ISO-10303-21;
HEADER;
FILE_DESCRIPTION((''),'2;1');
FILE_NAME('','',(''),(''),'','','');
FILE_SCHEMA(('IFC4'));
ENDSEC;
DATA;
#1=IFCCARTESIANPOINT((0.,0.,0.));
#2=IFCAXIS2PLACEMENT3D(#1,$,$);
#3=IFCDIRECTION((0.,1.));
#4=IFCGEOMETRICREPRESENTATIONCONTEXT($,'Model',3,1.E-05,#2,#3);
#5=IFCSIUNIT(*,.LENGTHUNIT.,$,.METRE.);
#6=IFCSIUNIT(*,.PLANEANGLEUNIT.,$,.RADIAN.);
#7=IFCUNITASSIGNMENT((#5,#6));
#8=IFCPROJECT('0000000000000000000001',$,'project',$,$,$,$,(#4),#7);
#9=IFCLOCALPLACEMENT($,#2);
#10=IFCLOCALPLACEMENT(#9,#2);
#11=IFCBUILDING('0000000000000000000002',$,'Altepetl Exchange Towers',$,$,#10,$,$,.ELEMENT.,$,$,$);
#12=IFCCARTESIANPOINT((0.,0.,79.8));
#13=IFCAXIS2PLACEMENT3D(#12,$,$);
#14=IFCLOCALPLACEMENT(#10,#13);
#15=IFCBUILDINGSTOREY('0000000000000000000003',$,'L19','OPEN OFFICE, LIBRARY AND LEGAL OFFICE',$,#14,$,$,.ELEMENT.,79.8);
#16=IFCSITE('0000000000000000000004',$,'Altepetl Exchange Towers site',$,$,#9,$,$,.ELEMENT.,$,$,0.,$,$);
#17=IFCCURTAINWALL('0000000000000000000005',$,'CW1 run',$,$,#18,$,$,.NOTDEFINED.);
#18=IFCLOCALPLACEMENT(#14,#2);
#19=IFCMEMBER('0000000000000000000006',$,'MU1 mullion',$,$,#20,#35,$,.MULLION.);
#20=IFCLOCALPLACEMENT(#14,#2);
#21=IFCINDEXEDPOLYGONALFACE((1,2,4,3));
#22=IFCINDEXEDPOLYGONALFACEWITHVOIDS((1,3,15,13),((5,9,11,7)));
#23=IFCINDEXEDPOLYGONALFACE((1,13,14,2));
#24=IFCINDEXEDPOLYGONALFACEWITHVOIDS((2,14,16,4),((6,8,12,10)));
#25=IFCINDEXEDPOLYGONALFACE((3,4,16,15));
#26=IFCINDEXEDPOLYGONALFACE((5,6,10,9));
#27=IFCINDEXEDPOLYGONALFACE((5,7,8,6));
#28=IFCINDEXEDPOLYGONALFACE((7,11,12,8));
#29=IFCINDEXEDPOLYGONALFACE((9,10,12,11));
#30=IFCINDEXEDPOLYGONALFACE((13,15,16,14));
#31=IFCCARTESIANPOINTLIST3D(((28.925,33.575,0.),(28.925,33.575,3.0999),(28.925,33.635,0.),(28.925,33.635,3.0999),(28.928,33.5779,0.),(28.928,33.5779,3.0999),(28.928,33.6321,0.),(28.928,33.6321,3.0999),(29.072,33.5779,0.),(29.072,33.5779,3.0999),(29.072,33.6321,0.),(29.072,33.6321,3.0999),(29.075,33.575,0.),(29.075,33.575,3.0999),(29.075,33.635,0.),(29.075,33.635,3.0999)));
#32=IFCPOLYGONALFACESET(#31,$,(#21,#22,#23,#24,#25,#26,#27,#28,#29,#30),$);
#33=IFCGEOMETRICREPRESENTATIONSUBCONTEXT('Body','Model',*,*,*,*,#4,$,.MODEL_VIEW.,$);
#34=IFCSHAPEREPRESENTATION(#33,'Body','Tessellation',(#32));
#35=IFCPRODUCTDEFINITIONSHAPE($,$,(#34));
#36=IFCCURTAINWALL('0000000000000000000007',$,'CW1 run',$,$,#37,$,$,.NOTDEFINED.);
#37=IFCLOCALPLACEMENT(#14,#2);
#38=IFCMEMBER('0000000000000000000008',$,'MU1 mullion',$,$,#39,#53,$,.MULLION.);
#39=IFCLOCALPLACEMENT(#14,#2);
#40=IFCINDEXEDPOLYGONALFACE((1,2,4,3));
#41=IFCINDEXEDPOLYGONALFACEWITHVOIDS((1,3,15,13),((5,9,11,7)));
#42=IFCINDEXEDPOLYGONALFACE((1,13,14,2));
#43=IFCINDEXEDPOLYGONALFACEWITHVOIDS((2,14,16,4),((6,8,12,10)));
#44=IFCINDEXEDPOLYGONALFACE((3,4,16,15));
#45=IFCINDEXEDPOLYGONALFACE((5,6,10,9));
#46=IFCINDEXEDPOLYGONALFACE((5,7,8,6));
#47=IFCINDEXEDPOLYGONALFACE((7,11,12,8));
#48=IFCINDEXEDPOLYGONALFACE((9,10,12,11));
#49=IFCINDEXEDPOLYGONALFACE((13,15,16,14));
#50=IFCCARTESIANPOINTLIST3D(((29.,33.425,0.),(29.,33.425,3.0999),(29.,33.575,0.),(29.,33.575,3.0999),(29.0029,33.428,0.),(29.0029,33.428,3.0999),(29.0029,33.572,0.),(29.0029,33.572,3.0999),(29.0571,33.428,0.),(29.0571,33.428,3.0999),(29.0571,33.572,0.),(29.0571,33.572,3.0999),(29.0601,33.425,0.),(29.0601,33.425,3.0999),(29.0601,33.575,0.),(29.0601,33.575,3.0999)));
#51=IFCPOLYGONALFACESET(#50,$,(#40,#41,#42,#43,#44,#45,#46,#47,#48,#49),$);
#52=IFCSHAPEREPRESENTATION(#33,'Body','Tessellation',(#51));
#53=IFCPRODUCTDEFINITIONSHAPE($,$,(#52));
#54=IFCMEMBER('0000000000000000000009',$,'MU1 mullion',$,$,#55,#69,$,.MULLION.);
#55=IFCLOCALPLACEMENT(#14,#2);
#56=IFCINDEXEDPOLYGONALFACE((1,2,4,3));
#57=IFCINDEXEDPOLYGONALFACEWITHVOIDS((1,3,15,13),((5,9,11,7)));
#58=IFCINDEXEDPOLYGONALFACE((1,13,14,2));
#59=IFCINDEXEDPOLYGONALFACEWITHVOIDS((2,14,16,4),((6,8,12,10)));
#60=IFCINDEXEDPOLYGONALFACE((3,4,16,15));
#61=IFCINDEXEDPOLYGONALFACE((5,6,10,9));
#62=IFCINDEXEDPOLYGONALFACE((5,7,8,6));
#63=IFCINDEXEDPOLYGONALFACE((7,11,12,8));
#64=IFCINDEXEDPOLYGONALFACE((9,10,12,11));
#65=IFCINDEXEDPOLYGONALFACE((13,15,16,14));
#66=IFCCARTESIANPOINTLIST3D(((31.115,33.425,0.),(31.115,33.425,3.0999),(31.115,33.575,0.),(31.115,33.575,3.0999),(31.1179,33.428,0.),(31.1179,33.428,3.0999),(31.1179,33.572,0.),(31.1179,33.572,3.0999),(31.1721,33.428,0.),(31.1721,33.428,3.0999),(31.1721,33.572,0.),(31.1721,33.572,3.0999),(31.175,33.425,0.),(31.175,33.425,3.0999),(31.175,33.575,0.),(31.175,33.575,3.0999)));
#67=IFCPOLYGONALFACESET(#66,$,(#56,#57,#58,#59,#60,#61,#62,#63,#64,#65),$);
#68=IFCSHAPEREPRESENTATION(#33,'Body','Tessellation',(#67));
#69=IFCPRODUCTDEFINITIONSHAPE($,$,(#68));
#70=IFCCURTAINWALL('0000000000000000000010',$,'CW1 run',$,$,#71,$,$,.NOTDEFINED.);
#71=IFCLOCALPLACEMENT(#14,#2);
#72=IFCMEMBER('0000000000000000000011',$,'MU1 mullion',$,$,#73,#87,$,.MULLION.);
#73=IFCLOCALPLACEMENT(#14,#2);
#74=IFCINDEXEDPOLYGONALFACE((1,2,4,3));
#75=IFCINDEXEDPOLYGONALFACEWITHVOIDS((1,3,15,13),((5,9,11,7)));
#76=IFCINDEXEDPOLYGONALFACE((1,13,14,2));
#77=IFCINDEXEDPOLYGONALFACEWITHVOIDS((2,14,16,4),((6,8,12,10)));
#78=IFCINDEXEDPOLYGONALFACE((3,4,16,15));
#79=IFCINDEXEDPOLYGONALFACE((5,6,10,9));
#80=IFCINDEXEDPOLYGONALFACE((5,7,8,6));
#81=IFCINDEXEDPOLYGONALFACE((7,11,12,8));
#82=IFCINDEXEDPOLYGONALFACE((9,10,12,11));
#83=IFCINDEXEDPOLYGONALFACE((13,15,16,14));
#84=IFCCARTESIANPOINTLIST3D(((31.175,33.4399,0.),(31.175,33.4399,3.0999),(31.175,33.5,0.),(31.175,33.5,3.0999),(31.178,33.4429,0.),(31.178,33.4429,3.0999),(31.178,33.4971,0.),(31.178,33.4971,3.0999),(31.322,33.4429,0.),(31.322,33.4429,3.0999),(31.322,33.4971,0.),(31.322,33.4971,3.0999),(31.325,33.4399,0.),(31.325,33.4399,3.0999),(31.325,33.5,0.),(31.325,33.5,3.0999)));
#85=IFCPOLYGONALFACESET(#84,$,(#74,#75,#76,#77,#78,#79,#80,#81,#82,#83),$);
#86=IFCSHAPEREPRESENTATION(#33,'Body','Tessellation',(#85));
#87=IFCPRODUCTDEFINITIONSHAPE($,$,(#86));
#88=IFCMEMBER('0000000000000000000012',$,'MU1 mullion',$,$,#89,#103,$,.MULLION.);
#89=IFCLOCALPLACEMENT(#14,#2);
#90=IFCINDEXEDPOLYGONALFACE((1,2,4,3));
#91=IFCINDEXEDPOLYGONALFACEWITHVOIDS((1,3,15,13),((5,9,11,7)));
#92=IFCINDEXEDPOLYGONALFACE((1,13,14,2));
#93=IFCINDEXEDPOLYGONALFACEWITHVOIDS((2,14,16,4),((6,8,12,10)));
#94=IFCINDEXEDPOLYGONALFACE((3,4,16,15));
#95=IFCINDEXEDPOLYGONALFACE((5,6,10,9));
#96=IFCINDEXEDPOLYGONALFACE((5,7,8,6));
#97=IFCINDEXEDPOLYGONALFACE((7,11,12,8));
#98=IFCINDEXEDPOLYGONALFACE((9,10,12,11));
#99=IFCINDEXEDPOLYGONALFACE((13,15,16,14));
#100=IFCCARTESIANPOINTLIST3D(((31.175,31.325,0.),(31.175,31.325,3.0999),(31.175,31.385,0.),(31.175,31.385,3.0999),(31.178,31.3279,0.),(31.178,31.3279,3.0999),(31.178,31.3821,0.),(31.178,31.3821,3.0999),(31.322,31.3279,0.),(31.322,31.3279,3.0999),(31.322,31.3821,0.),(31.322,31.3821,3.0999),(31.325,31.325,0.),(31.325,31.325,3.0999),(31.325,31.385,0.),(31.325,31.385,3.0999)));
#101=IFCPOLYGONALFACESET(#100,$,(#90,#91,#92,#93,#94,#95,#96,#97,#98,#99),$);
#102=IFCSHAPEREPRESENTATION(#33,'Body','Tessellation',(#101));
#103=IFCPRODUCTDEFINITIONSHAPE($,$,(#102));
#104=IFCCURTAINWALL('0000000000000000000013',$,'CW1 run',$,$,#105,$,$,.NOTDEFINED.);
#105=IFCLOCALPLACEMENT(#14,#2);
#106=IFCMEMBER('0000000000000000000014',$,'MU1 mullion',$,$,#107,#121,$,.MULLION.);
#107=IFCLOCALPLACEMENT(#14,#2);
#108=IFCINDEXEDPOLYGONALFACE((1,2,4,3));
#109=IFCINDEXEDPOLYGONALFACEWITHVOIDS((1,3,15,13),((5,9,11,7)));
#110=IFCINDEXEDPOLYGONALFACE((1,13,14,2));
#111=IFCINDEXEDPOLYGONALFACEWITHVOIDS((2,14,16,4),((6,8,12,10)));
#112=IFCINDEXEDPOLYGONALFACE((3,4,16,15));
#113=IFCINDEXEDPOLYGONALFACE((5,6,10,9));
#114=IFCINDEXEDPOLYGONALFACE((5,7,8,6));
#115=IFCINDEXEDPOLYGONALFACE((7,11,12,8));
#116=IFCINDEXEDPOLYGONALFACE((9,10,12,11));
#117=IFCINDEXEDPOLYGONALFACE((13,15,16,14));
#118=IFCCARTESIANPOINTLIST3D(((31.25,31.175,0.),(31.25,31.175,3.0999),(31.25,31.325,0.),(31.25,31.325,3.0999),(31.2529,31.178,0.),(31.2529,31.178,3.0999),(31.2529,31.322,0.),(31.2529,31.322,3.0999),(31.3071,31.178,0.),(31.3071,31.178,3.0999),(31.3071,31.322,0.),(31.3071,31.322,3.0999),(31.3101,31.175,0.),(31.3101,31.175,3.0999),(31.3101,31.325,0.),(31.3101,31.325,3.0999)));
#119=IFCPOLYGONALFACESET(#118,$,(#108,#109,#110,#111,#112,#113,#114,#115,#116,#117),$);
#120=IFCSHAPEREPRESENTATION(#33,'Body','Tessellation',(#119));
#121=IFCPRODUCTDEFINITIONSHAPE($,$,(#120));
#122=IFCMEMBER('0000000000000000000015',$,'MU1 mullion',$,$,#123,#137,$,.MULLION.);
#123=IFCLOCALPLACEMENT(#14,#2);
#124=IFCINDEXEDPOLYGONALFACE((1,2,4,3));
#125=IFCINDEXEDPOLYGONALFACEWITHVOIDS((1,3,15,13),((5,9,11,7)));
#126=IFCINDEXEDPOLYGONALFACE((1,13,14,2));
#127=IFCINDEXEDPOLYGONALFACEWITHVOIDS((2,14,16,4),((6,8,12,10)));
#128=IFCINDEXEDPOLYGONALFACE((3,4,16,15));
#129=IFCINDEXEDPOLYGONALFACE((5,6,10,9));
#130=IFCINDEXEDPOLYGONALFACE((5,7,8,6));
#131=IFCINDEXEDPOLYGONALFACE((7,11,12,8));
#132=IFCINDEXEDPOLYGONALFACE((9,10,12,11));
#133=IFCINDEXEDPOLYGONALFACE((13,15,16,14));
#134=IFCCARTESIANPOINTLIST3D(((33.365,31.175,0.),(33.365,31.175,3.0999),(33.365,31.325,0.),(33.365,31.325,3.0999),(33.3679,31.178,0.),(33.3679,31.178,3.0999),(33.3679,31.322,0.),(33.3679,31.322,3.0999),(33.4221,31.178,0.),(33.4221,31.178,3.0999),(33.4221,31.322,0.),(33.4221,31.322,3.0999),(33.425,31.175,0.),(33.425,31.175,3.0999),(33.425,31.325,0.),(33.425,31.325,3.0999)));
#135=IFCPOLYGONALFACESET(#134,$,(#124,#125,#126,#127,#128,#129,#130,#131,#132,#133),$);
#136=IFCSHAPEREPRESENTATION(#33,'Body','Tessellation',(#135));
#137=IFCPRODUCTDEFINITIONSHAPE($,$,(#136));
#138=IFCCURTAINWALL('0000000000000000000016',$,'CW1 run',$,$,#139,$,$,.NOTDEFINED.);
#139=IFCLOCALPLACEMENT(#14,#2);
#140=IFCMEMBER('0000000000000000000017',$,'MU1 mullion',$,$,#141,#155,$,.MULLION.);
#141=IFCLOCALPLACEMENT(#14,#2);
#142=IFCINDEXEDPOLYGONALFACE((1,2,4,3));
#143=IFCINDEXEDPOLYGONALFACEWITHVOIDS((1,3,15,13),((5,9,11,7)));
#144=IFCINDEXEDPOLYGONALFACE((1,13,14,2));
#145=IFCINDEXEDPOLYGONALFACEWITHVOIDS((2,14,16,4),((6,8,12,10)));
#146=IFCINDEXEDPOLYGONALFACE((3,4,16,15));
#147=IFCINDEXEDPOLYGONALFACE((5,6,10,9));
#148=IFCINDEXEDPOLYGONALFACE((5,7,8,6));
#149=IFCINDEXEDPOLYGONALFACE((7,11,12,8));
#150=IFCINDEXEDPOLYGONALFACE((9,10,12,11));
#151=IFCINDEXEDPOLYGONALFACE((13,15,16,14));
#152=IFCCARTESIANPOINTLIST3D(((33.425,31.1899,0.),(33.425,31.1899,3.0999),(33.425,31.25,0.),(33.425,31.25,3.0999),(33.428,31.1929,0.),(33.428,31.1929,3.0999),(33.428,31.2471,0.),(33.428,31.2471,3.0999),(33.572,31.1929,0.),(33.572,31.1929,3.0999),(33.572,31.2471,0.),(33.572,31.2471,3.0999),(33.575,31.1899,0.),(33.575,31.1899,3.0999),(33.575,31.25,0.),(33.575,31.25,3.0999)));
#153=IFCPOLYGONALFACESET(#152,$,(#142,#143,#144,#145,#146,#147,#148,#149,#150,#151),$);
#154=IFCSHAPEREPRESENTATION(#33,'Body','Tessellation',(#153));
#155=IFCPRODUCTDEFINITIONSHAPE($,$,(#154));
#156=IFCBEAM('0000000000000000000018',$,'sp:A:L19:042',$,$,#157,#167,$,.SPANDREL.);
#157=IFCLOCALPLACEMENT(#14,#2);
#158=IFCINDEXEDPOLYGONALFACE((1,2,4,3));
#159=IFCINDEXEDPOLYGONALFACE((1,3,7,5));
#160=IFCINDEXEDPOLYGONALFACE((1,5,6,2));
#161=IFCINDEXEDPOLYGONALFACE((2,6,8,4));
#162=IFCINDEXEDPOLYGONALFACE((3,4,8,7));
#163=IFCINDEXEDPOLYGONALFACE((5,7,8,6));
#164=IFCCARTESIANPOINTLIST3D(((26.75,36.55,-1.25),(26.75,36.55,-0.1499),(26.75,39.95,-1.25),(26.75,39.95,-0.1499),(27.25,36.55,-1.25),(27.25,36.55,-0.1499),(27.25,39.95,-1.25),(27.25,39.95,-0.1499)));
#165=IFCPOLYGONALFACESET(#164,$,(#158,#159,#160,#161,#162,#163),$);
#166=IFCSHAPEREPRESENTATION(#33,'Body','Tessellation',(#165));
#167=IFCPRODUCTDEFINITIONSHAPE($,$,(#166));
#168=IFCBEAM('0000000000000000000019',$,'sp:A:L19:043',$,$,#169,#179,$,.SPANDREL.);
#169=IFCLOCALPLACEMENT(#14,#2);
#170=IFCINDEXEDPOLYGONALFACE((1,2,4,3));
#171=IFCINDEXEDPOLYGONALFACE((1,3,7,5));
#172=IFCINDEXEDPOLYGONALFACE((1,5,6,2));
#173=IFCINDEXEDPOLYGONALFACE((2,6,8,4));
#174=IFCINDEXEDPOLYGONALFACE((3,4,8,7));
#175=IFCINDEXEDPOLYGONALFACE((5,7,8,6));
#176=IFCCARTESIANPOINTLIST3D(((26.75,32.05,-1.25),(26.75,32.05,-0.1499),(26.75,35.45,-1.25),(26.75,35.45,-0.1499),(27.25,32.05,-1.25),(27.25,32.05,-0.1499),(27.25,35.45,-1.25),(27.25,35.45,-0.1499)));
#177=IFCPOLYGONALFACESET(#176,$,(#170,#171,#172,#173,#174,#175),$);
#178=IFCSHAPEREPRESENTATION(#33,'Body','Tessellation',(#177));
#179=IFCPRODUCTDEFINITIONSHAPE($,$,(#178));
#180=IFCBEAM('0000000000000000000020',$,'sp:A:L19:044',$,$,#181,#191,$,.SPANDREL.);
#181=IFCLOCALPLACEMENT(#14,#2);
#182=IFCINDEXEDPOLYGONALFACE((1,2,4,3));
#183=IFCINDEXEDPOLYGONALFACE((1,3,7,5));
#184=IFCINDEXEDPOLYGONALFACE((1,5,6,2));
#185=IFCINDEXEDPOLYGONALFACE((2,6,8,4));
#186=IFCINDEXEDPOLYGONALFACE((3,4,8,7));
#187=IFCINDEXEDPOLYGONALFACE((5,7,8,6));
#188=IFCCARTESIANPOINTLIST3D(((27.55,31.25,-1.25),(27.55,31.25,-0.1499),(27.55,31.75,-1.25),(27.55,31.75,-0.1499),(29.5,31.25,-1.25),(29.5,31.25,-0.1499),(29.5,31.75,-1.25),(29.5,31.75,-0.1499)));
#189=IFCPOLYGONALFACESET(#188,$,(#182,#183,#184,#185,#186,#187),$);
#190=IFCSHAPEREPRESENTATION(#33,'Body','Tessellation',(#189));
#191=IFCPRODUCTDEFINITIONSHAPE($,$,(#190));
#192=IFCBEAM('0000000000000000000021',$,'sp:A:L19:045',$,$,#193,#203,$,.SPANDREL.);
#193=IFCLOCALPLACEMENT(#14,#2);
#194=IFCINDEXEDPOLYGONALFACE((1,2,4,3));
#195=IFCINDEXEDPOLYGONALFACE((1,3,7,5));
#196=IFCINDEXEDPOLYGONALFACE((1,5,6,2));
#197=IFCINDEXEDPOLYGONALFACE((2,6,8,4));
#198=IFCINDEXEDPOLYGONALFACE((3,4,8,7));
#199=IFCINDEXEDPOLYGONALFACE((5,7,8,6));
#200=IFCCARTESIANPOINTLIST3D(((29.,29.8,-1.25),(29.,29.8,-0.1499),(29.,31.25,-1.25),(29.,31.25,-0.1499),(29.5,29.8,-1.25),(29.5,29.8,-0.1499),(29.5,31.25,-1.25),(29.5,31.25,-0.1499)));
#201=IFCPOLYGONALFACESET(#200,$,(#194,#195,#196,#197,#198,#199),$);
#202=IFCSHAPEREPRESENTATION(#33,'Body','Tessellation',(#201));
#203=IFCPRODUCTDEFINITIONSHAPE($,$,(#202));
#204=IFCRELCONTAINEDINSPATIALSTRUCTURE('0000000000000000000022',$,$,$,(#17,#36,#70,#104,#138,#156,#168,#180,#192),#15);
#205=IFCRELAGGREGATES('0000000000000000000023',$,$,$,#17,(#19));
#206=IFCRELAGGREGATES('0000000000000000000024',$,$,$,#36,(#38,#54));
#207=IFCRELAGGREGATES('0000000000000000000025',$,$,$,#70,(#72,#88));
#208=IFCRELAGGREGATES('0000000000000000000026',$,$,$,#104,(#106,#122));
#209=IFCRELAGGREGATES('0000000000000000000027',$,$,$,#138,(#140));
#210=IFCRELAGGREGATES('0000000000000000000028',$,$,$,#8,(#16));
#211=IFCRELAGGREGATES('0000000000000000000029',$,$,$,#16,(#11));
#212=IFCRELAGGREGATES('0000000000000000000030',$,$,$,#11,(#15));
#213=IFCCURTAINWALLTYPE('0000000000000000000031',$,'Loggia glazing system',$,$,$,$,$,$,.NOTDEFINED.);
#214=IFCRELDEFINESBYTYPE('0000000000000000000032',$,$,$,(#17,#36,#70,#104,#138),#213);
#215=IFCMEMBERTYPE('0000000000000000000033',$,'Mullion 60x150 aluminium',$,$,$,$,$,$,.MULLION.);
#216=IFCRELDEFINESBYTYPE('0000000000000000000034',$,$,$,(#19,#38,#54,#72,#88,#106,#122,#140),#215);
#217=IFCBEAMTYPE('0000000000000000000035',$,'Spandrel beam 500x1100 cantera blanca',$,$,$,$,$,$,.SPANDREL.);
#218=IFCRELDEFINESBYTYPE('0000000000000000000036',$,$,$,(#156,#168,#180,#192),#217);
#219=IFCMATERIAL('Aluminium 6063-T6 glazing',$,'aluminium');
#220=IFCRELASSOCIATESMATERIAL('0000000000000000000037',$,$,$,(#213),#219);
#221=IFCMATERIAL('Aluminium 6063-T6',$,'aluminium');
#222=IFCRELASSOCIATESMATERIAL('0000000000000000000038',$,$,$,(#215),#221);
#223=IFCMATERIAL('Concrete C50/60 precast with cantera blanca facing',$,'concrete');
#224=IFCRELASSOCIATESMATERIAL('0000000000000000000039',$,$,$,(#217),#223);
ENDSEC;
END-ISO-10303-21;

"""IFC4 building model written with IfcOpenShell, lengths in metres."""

from ifc_helpers import new_model, si_unit, direction, frame, origin, origin_2d, place, context, subcontext, project, spatial, rectangle, hollow_rectangle, extrude, material, material_profile, profile_set, type_object, element, aggregate, save


model = new_model("IFC4")

# Units and contexts
model_context = context("Model", 3, precision=1e-05, world=origin(), true_north=direction((0.0, 1.0)))
body_context = subcontext(model_context, "Body", "Model", "MODEL_VIEW")
ifc_project = project(units=[si_unit("LENGTHUNIT", "METRE"), si_unit("PLANEANGLEUNIT", "RADIAN")], contexts=[model_context])

# Site, building, storey
site_placement = place(None, origin())
site = spatial("IfcSite", under=ifc_project, at=site_placement, Name="Altepetl Exchange Towers site", CompositionType="ELEMENT", RefElevation=0.0)
building_placement = place(site_placement, origin())
building = spatial("IfcBuilding", under=site, at=building_placement, Name="Altepetl Exchange Towers", CompositionType="ELEMENT")
storey_placement = place(building_placement, frame((0.0, 0.0, 79.8)))
storey = spatial("IfcBuildingStorey", under=building, at=storey_placement, Name="L19", Description="OPEN OFFICE, LIBRARY AND LEGAL OFFICE", CompositionType="ELEMENT", Elevation=79.8)

# Curtain walls, members
ifc_material_1 = material(Name="Aluminium 6063-T6 glazing", Category="aluminium")
curtain_wall_type = type_object("IfcCurtainWallType", Name="Loggia glazing system", PredefinedType="NOTDEFINED", material=ifc_material_1)
curtain_wall_1_placement = place(storey_placement, origin())
curtain_wall_1 = element("IfcCurtainWall", 1, at=curtain_wall_1_placement, inside=storey, type_object=curtain_wall_type, Name="CW1 run", PredefinedType="NOTDEFINED")
ifc_material_2 = material(Name="Aluminium 6063-T6", Category="aluminium")
ifc_material_profile_1 = material_profile(ifc_material_2, hollow_rectangle(XDim=0.0601, YDim=0.1499, WallThickness=0.0029, at=origin_2d()), Name="Mullion 60x150 aluminium")
ifc_profile_set_1 = profile_set([ifc_material_profile_1], Name="Aluminium 6063-T6")
member_type = type_object("IfcMemberType", Name="Mullion 60x150 aluminium", PredefinedType="MULLION", material=ifc_profile_set_1)
member_1_placement = place(storey_placement, frame((29.0, 33.605, 0.0), z_axis=(0.0, 0.0, 1.0), x_axis=(0.0, -1.0, 0.0)))
member_1 = element("IfcMember", 2, at=member_1_placement, type_object=member_type, Name="MU1 mullion", PredefinedType="MULLION", context=body_context, shape_type="SweptSolid", body=[
    extrude(hollow_rectangle(XDim=0.0601, YDim=0.1499, WallThickness=0.0029, at=origin_2d()), origin(), (0.0, 0.0, 1.0), 3.0999),
])
curtain_wall_2_placement = place(storey_placement, origin())
curtain_wall_2 = element("IfcCurtainWall", 3, at=curtain_wall_2_placement, inside=storey, type_object=curtain_wall_type, Name="CW1 run", PredefinedType="NOTDEFINED")
member_2_placement = place(storey_placement, frame((29.03, 33.5, 0.0)))
member_2 = element("IfcMember", 4, at=member_2_placement, type_object=member_type, Name="MU1 mullion", PredefinedType="MULLION", context=body_context, shape_type="SweptSolid", body=[
    extrude(hollow_rectangle(XDim=0.0601, YDim=0.1499, WallThickness=0.0029, at=origin_2d()), origin(), (0.0, 0.0, 1.0), 3.0999),
])
member_3_placement = place(storey_placement, frame((31.145, 33.5, 0.0)))
member_3 = element("IfcMember", 5, at=member_3_placement, type_object=member_type, Name="MU1 mullion", PredefinedType="MULLION", context=body_context, shape_type="SweptSolid", body=[
    extrude(hollow_rectangle(XDim=0.0601, YDim=0.1499, WallThickness=0.0029, at=origin_2d()), origin(), (0.0, 0.0, 1.0), 3.0999),
])
curtain_wall_3_placement = place(storey_placement, origin())
curtain_wall_3 = element("IfcCurtainWall", 6, at=curtain_wall_3_placement, inside=storey, type_object=curtain_wall_type, Name="CW1 run", PredefinedType="NOTDEFINED")
member_4_placement = place(storey_placement, frame((31.25, 33.47, 0.0), z_axis=(0.0, 0.0, 1.0), x_axis=(0.0, -1.0, 0.0)))
member_4 = element("IfcMember", 7, at=member_4_placement, type_object=member_type, Name="MU1 mullion", PredefinedType="MULLION", context=body_context, shape_type="SweptSolid", body=[
    extrude(hollow_rectangle(XDim=0.0601, YDim=0.1499, WallThickness=0.0029, at=origin_2d()), origin(), (0.0, 0.0, 1.0), 3.0999),
])
member_5_placement = place(storey_placement, frame((31.25, 31.355, 0.0), z_axis=(0.0, 0.0, 1.0), x_axis=(0.0, -1.0, 0.0)))
member_5 = element("IfcMember", 8, at=member_5_placement, type_object=member_type, Name="MU1 mullion", PredefinedType="MULLION", context=body_context, shape_type="SweptSolid", body=[
    extrude(hollow_rectangle(XDim=0.0601, YDim=0.1499, WallThickness=0.0029, at=origin_2d()), origin(), (0.0, 0.0, 1.0), 3.0999),
])
curtain_wall_4_placement = place(storey_placement, origin())
curtain_wall_4 = element("IfcCurtainWall", 9, at=curtain_wall_4_placement, inside=storey, type_object=curtain_wall_type, Name="CW1 run", PredefinedType="NOTDEFINED")
member_6_placement = place(storey_placement, frame((31.28, 31.25, 0.0)))
member_6 = element("IfcMember", 10, at=member_6_placement, type_object=member_type, Name="MU1 mullion", PredefinedType="MULLION", context=body_context, shape_type="SweptSolid", body=[
    extrude(hollow_rectangle(XDim=0.0601, YDim=0.1499, WallThickness=0.0029, at=origin_2d()), origin(), (0.0, 0.0, 1.0), 3.0999),
])
member_7_placement = place(storey_placement, frame((33.395, 31.25, 0.0)))
member_7 = element("IfcMember", 11, at=member_7_placement, type_object=member_type, Name="MU1 mullion", PredefinedType="MULLION", context=body_context, shape_type="SweptSolid", body=[
    extrude(hollow_rectangle(XDim=0.0601, YDim=0.1499, WallThickness=0.0029, at=origin_2d()), origin(), (0.0, 0.0, 1.0), 3.0999),
])

# Curtain wall, member
curtain_wall_5_placement = place(storey_placement, origin())
curtain_wall_5 = element("IfcCurtainWall", 12, at=curtain_wall_5_placement, inside=storey, type_object=curtain_wall_type, Name="CW1 run", PredefinedType="NOTDEFINED")
member_8_placement = place(storey_placement, frame((33.5, 31.22, 0.0), z_axis=(0.0, 0.0, 1.0), x_axis=(0.0, -1.0, 0.0)))
member_8 = element("IfcMember", 13, at=member_8_placement, type_object=member_type, Name="MU1 mullion", PredefinedType="MULLION", context=body_context, shape_type="SweptSolid", body=[
    extrude(hollow_rectangle(XDim=0.0601, YDim=0.1499, WallThickness=0.0029, at=origin_2d()), origin(), (0.0, 0.0, 1.0), 3.0999),
])

# Beams
ifc_material_3 = material(Name="Concrete C50/60 precast with cantera blanca facing", Category="concrete")
ifc_material_profile_2 = material_profile(ifc_material_3, rectangle(XDim=0.5, YDim=1.1001, at=origin_2d()), Name="500 x 1100")
ifc_profile_set_2 = profile_set([ifc_material_profile_2], Name="Concrete C50/60 precast with cantera blanca facing")
beam_type_1 = type_object("IfcBeamType", Name="Spandrel beam 500x1100 cantera blanca", PredefinedType="SPANDREL", material=ifc_profile_set_2)
for number, where, z_axis, x_axis, name in (
    (14, (27.0, 39.95, -0.7), (0.0, -1.0, 0.0), (1.0, 0.0, 0.0), "sp:A:L19:042"),
    (15, (27.0, 35.45, -0.7), (0.0, -1.0, 0.0), (1.0, 0.0, 0.0), "sp:A:L19:043"),
):
    element("IfcBeam", number, at=place(storey_placement, frame(where, z_axis=z_axis, x_axis=x_axis)), inside=storey, type_object=beam_type_1, Name=name, PredefinedType="SPANDREL", context=body_context, shape_type="SweptSolid", body=[
        extrude(rectangle(XDim=0.5, YDim=1.1001, at=origin_2d()), origin(), (0.0, 0.0, 1.0), 3.3999),
    ])
beam_1_placement = place(storey_placement, frame((27.55, 31.5, -0.7), z_axis=(1.0, 0.0, 0.0), x_axis=(0.0, 1.0, 0.0)))
element("IfcBeam", 16, at=beam_1_placement, inside=storey, type_object=beam_type_1, Name="sp:A:L19:044", PredefinedType="SPANDREL", context=body_context, shape_type="SweptSolid", body=[
    extrude(rectangle(XDim=0.5, YDim=1.1001, at=origin_2d()), origin(), (0.0, 0.0, 1.0), 1.95),
])
beam_2_placement = place(storey_placement, frame((29.25, 31.25, -0.7), z_axis=(0.0, -1.0, 0.0), x_axis=(1.0, 0.0, 0.0)))
element("IfcBeam", 17, at=beam_2_placement, inside=storey, type_object=beam_type_1, Name="sp:A:L19:045", PredefinedType="SPANDREL", context=body_context, shape_type="SweptSolid", body=[
    extrude(rectangle(XDim=0.5, YDim=1.1001, at=origin_2d()), origin(), (0.0, 0.0, 1.0), 1.45),
])

aggregate(curtain_wall_1, [member_1])
aggregate(curtain_wall_2, [member_2, member_3])
aggregate(curtain_wall_3, [member_4, member_5])
aggregate(curtain_wall_4, [member_6, member_7])
aggregate(curtain_wall_5, [member_8])

save(model, "model.ifc")
